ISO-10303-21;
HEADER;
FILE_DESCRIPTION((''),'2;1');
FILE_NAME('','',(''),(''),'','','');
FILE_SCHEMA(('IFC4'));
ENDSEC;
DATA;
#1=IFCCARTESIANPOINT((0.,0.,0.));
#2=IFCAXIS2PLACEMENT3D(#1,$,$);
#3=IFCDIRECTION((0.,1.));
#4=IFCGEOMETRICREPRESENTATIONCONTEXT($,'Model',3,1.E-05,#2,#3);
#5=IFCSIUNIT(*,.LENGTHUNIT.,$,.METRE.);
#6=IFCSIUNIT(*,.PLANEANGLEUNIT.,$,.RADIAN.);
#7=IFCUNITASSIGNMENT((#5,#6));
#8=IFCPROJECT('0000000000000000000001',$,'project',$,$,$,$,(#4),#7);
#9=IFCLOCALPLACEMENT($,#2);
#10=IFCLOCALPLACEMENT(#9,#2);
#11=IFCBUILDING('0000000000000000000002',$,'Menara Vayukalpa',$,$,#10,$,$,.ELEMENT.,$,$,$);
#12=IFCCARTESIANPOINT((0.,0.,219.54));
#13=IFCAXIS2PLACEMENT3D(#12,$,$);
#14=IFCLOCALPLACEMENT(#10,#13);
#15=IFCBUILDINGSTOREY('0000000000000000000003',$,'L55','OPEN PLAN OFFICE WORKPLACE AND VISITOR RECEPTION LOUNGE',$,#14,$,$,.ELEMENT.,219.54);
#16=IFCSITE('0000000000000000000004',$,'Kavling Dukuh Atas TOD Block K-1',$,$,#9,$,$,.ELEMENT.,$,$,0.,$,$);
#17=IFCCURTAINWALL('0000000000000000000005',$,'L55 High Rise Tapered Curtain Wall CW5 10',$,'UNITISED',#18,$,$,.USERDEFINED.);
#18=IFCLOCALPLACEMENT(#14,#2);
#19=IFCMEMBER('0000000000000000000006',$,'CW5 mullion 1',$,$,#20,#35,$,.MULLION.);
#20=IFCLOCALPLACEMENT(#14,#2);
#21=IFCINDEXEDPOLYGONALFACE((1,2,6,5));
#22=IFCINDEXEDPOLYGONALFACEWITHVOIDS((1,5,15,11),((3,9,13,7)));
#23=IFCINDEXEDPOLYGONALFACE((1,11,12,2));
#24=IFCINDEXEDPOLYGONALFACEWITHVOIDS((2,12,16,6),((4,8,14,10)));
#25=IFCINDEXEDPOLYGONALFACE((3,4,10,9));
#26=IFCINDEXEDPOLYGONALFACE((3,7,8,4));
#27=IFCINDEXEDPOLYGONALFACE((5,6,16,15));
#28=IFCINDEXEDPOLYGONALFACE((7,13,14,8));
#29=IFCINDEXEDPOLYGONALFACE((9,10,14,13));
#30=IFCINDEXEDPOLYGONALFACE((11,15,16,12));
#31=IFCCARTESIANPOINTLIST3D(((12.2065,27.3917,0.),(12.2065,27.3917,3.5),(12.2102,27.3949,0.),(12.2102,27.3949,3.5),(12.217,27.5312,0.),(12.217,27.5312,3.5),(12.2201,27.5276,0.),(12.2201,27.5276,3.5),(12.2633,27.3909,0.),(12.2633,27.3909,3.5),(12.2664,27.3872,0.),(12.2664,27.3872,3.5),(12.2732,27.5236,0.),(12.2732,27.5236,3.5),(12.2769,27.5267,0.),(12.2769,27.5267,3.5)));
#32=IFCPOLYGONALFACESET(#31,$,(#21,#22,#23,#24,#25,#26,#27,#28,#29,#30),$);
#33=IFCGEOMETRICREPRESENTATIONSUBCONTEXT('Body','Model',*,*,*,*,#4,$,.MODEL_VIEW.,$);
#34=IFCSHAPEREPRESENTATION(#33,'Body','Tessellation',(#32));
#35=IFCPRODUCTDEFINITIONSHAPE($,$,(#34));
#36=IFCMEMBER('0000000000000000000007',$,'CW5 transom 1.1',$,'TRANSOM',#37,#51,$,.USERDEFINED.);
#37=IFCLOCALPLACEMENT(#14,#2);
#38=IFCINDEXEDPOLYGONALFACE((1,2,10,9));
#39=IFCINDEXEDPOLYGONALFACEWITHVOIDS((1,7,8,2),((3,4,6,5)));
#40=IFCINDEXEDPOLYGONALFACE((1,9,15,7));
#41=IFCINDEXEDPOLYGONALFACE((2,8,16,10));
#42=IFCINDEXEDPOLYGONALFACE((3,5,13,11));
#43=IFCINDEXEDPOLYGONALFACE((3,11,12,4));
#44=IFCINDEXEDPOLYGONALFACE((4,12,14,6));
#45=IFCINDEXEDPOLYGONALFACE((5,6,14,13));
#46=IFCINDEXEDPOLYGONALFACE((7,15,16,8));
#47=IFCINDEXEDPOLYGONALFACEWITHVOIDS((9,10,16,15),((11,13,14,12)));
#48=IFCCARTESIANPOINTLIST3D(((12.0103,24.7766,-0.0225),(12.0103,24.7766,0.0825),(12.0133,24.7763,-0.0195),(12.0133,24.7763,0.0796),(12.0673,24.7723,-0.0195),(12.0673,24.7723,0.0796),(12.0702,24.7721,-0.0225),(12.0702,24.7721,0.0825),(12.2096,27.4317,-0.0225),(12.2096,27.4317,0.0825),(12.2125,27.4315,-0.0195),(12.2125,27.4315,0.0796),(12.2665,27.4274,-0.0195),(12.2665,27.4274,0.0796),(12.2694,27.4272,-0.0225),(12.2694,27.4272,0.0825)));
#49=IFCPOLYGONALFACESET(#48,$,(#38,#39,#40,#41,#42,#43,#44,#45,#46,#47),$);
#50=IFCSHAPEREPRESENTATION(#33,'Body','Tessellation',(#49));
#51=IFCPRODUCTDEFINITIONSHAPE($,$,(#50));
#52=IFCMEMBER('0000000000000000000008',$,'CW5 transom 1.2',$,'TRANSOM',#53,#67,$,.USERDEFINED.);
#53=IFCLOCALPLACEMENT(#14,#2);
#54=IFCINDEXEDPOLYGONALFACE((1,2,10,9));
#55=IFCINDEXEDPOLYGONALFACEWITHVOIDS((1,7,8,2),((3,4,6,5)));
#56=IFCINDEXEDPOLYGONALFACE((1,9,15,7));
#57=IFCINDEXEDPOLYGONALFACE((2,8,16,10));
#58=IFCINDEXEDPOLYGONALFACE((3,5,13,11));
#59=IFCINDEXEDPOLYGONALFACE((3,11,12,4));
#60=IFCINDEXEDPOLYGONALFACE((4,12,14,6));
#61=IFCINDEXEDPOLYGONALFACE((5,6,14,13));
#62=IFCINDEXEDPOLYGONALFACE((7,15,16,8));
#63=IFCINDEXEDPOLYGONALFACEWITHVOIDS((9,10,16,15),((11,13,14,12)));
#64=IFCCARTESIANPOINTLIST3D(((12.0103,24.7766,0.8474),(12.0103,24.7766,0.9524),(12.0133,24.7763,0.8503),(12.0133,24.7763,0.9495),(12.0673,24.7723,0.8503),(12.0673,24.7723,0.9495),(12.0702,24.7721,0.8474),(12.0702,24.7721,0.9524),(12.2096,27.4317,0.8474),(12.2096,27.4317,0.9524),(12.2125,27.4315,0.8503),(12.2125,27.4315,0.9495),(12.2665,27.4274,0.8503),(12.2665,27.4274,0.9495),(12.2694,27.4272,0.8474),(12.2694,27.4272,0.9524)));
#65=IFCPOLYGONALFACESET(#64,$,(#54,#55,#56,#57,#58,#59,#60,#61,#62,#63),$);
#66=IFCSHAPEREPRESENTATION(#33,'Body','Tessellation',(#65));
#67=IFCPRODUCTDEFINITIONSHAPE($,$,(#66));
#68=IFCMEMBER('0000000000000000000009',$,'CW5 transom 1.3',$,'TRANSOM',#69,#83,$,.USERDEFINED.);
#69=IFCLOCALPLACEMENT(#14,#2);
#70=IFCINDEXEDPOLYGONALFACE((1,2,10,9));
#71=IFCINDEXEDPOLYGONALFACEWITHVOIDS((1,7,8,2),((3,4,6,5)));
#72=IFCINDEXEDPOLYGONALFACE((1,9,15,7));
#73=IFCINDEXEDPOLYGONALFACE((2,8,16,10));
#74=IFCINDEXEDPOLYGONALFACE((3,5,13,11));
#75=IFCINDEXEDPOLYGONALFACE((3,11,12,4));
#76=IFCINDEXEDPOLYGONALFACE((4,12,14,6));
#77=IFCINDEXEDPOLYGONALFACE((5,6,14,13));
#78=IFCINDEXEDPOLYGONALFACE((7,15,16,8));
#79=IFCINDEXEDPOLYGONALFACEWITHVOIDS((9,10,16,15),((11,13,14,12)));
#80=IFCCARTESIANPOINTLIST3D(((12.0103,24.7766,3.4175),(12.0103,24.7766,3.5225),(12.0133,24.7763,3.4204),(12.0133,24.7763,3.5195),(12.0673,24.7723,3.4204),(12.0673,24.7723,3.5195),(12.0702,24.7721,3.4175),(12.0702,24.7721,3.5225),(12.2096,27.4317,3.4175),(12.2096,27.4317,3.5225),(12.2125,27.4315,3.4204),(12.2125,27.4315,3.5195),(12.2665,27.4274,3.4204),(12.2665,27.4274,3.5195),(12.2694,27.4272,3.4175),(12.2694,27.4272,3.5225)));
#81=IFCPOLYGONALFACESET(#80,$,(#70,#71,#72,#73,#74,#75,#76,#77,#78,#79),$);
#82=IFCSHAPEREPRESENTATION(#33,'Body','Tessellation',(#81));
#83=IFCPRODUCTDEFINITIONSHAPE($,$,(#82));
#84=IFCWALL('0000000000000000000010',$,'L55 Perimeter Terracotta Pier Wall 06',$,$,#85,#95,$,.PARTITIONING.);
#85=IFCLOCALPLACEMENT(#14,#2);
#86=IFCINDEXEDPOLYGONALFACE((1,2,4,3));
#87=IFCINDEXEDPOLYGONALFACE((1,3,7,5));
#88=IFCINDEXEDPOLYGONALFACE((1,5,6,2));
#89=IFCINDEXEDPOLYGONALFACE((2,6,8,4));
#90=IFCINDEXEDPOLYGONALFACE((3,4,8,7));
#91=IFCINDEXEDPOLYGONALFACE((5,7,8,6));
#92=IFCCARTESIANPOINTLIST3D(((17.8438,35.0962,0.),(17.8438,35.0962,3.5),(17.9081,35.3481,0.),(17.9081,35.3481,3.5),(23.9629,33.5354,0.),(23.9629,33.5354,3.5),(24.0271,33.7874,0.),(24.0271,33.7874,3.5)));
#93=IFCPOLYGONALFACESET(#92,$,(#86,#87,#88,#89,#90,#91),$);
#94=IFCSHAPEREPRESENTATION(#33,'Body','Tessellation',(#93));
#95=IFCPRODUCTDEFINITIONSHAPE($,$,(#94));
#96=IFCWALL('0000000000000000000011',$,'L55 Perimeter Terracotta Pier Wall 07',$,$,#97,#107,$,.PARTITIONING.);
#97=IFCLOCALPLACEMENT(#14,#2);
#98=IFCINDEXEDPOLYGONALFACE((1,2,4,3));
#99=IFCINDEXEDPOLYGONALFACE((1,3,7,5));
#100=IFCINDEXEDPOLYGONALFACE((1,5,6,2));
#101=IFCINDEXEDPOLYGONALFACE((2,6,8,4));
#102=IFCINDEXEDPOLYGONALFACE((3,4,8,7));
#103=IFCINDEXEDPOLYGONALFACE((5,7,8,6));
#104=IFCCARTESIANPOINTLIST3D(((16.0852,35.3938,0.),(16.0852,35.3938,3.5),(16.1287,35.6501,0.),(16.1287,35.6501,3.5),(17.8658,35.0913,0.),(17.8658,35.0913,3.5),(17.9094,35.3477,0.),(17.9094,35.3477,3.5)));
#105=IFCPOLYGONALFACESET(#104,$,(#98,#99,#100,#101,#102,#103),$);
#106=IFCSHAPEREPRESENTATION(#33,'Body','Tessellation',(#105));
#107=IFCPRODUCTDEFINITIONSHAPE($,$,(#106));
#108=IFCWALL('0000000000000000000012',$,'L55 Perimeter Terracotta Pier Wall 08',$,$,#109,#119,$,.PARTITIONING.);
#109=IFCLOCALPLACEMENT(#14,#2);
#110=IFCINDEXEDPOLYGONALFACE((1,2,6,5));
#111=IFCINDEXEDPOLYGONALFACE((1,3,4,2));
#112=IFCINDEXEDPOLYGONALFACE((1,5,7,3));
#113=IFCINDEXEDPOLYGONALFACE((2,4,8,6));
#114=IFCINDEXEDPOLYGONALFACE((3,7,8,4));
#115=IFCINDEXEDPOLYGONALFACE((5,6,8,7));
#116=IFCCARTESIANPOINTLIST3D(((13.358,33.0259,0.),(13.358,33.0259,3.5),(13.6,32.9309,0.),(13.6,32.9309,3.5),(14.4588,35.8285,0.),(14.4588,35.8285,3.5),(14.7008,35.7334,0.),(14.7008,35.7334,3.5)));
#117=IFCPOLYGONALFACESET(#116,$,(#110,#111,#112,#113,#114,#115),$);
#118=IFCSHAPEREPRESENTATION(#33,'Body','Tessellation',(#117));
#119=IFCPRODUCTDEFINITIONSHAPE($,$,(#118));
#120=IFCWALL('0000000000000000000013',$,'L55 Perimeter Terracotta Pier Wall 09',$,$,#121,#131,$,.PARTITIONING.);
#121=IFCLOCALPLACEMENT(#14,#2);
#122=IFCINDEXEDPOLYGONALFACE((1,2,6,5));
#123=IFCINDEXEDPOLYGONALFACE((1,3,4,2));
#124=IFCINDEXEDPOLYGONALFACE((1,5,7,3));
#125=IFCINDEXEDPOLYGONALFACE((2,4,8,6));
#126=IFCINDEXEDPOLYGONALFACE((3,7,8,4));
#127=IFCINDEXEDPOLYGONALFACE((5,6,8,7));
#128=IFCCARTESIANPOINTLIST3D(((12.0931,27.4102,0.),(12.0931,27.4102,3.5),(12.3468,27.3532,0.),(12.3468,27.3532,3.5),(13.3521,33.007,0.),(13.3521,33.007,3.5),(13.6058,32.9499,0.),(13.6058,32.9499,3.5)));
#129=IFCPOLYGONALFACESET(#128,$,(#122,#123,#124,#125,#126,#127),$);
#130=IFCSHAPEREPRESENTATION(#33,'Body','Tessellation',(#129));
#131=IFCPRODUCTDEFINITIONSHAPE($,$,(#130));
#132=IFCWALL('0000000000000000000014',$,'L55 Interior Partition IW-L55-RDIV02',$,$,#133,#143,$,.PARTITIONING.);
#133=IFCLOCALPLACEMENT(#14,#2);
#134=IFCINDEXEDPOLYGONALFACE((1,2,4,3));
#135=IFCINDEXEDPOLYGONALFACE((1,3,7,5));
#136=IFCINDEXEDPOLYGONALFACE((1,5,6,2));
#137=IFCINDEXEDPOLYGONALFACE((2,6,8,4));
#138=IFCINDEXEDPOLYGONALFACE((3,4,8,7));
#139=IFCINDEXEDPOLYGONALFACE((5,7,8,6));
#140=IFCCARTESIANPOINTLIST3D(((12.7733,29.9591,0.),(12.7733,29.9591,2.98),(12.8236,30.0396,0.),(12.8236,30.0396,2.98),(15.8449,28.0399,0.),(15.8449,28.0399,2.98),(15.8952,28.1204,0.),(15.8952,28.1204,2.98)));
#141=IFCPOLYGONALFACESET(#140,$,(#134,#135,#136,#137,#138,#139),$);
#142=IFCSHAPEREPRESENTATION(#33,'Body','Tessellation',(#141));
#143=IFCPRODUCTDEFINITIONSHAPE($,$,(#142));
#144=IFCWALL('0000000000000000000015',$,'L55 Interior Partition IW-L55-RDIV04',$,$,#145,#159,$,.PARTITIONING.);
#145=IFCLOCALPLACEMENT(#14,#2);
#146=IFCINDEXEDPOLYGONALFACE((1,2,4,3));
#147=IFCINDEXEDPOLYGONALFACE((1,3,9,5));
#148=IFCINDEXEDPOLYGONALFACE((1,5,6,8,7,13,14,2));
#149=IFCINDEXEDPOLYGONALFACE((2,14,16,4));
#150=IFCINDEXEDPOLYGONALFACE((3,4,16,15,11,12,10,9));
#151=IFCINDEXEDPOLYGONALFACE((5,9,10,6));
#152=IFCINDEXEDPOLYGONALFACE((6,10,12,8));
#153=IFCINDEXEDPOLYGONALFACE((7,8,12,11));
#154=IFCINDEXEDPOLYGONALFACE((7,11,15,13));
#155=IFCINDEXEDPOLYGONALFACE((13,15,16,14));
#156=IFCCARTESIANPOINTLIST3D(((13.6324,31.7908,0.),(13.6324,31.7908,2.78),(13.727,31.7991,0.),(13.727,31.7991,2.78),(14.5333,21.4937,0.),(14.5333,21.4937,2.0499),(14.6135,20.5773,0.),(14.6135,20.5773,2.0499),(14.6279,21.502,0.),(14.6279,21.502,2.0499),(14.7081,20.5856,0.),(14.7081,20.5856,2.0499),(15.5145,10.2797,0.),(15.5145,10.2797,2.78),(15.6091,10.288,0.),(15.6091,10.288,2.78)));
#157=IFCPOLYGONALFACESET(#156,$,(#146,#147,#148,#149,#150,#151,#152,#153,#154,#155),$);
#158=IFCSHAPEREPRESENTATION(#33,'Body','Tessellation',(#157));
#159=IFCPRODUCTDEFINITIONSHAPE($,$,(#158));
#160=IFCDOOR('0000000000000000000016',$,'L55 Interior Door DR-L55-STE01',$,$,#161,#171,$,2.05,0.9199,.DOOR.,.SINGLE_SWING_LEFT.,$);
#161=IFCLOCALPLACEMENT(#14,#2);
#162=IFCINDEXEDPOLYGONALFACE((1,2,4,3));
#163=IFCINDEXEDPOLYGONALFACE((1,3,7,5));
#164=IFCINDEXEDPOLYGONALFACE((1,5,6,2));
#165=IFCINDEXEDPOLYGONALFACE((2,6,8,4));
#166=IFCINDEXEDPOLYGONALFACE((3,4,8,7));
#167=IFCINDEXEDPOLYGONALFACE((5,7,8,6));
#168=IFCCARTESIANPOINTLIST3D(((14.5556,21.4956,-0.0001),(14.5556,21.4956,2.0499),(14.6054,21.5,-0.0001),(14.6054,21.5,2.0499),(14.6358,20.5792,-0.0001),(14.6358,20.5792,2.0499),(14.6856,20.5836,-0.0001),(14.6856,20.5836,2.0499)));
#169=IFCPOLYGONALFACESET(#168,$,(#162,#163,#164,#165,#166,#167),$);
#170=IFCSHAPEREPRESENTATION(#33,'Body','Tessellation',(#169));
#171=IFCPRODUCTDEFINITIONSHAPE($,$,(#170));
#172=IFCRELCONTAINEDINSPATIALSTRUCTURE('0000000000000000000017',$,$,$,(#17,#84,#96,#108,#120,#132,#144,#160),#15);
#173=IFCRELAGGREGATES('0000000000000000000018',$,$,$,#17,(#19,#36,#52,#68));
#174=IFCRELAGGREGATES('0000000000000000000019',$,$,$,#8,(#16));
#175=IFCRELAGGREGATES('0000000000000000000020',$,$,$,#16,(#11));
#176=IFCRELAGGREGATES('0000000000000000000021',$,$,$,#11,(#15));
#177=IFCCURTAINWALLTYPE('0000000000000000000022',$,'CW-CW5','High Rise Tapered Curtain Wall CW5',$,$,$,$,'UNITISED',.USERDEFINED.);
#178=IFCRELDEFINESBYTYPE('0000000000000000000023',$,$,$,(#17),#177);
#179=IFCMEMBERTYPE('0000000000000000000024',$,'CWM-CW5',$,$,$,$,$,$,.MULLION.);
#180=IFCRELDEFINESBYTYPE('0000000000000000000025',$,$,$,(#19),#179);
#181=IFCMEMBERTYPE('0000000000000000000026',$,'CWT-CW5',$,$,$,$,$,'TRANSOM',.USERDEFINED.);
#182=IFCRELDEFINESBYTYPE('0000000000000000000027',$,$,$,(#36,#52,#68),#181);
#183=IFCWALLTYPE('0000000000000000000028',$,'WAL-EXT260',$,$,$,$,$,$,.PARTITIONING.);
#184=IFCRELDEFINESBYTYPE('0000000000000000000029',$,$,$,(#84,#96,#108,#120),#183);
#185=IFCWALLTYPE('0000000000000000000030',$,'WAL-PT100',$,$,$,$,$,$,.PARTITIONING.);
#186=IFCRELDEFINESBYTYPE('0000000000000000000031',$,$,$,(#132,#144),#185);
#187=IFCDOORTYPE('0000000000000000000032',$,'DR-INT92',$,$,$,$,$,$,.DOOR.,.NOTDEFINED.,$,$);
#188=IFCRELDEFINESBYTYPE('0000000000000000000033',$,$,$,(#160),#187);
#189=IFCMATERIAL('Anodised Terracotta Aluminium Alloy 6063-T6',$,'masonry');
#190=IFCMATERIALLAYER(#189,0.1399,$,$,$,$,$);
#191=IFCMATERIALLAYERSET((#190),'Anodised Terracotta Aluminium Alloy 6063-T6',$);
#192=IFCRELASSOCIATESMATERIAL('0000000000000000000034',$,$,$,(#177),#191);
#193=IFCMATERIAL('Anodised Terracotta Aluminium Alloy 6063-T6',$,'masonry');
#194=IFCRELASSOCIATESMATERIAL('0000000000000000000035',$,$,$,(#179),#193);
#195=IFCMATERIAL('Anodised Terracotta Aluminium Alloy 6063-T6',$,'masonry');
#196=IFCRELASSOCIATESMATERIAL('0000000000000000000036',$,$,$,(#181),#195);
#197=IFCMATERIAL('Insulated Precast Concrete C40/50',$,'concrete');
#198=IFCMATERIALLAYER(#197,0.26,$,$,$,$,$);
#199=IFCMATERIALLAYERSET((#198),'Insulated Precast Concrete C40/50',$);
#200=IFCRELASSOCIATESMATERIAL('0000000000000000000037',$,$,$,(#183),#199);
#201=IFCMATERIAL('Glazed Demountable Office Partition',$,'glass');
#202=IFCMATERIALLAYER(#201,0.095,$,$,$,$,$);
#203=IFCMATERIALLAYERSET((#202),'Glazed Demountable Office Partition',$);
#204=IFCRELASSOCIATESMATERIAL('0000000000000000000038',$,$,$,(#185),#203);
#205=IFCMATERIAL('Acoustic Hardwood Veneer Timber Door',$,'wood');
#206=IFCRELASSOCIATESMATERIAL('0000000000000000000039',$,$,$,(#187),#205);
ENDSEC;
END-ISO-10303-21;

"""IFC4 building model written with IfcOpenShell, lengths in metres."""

from ifc_helpers import new_model, si_unit, direction, frame, frame_2d, origin, origin_2d, place, context, subcontext, project, spatial, rectangle, hollow_rectangle, extrude, material, layer, layer_set, material_profile, profile_set, type_object, element, fill, aggregate, save


model = new_model("IFC4")

# Units and contexts
model_context = context("Model", 3, precision=1e-05, world=origin(), true_north=direction((0.0, 1.0)))
body_context = subcontext(model_context, "Body", "Model", "MODEL_VIEW")
ifc_project = project(units=[si_unit("LENGTHUNIT", "METRE"), si_unit("PLANEANGLEUNIT", "RADIAN")], contexts=[model_context])

# Site, building, storey
site_placement = place(None, origin())
site = spatial("IfcSite", under=ifc_project, at=site_placement, Name="Kavling Dukuh Atas TOD Block K-1", CompositionType="ELEMENT", RefElevation=0.0)
building_placement = place(site_placement, origin())
building = spatial("IfcBuilding", under=site, at=building_placement, Name="Menara Vayukalpa", CompositionType="ELEMENT")
storey_placement = place(building_placement, frame((0.0, 0.0, 219.54)))
storey = spatial("IfcBuildingStorey", under=building, at=storey_placement, Name="L55", Description="OPEN PLAN OFFICE WORKPLACE AND VISITOR RECEPTION LOUNGE", CompositionType="ELEMENT", Elevation=219.54)

# Curtain wall, members
ifc_material_1 = material(Name="Anodised Terracotta Aluminium Alloy 6063-T6", Category="masonry")
ifc_layer_1 = layer(ifc_material_1, 0.1399)
ifc_layer_set_1 = layer_set([ifc_layer_1], Name="Anodised Terracotta Aluminium Alloy 6063-T6")
curtain_wall_type = type_object("IfcCurtainWallType", Name="CW-CW5", Description="High Rise Tapered Curtain Wall CW5", ElementType="UNITISED", PredefinedType="USERDEFINED", material=ifc_layer_set_1)
curtain_wall_placement = place(storey_placement, origin())
curtain_wall = element("IfcCurtainWall", 1, at=curtain_wall_placement, inside=storey, type_object=curtain_wall_type, Name="L55 High Rise Tapered Curtain Wall CW5 10", ObjectType="UNITISED", PredefinedType="USERDEFINED")
ifc_material_2 = material(Name="Anodised Terracotta Aluminium Alloy 6063-T6", Category="masonry")
ifc_material_profile_1 = material_profile(ifc_material_2, hollow_rectangle(XDim=0.0601, YDim=0.1399, WallThickness=0.0034, at=origin_2d()), Name="ALU 60x140x3.5")
ifc_profile_set_1 = profile_set([ifc_material_profile_1], Name="Anodised Terracotta Aluminium Alloy 6063-T6")
member_type_1 = type_object("IfcMemberType", Name="CWM-CW5", PredefinedType="MULLION", material=ifc_profile_set_1)
member_1_placement = place(storey_placement, frame((12.2417, 27.4592, 0.0), z_axis=(0.0, 0.0, 1.0), x_axis=(0.997199, -0.074792, 0.0)))
member_1 = element("IfcMember", 2, at=member_1_placement, type_object=member_type_1, Name="CW5 mullion 1", PredefinedType="MULLION", context=body_context, shape_type="SweptSolid", body=[
    extrude(hollow_rectangle(XDim=0.0601, YDim=0.1399, WallThickness=0.0034, at=origin_2d()), origin(), (0.0, 0.0, 1.0), 3.5),
])
ifc_material_3 = material(Name="Anodised Terracotta Aluminium Alloy 6063-T6", Category="masonry")
ifc_material_profile_2 = material_profile(ifc_material_3, hollow_rectangle(XDim=0.0601, YDim=0.105, WallThickness=0.0029, at=origin_2d()), Name="ALU 60x105x3")
ifc_profile_set_2 = profile_set([ifc_material_profile_2], Name="Anodised Terracotta Aluminium Alloy 6063-T6")
member_type_2 = type_object("IfcMemberType", Name="CWT-CW5", ElementType="TRANSOM", PredefinedType="USERDEFINED", material=ifc_profile_set_2)
member_2_placement = place(storey_placement, frame((12.2395, 27.4294, 0.03), z_axis=(-0.074824, -0.997197, 0.0), x_axis=(0.997197, -0.074824, 0.0)))
member_2 = element("IfcMember", 3, at=member_2_placement, type_object=member_type_2, Name="CW5 transom 1.1", ObjectType="TRANSOM", PredefinedType="USERDEFINED", context=body_context, shape_type="SweptSolid", body=[
    extrude(hollow_rectangle(XDim=0.0601, YDim=0.105, WallThickness=0.0029, at=origin_2d()), origin(), (0.0, 0.0, 1.0), 2.6626),
])
member_3_placement = place(storey_placement, frame((12.2395, 27.4294, 0.8999), z_axis=(-0.074824, -0.997197, 0.0), x_axis=(0.997197, -0.074824, 0.0)))
member_3 = element("IfcMember", 4, at=member_3_placement, type_object=member_type_2, Name="CW5 transom 1.2", ObjectType="TRANSOM", PredefinedType="USERDEFINED", context=body_context, shape_type="SweptSolid", body=[
    extrude(hollow_rectangle(XDim=0.0601, YDim=0.105, WallThickness=0.0029, at=origin_2d()), origin(), (0.0, 0.0, 1.0), 2.6626),
])
member_4_placement = place(storey_placement, frame((12.2395, 27.4294, 3.47), z_axis=(-0.074824, -0.997197, 0.0), x_axis=(0.997197, -0.074824, 0.0)))
member_4 = element("IfcMember", 5, at=member_4_placement, type_object=member_type_2, Name="CW5 transom 1.3", ObjectType="TRANSOM", PredefinedType="USERDEFINED", context=body_context, shape_type="SweptSolid", body=[
    extrude(hollow_rectangle(XDim=0.0601, YDim=0.105, WallThickness=0.0029, at=origin_2d()), origin(), (0.0, 0.0, 1.0), 2.6626),
])
aggregate(curtain_wall, [member_1, member_2, member_3, member_4])

# Walls
ifc_material_4 = material(Name="Insulated Precast Concrete C40/50", Category="concrete")
ifc_layer_2 = layer(ifc_material_4, 0.26)
ifc_layer_set_2 = layer_set([ifc_layer_2], Name="Insulated Precast Concrete C40/50")
wall_type_1 = type_object("IfcWallType", Name="WAL-EXT260", PredefinedType="PARTITIONING", material=ifc_layer_set_2)
wall_1_placement = place(storey_placement, frame((17.876, 35.2222, 0.0), z_axis=(0.0, 0.0, 1.0), x_axis=(0.968976, -0.247154, 0.0)))
element("IfcWall", 6, at=wall_1_placement, inside=storey, type_object=wall_type_1, Name="L55 Perimeter Terracotta Pier Wall 06", PredefinedType="PARTITIONING", context=body_context, shape_type="SweptSolid", body=[
    extrude(rectangle(XDim=6.3149, YDim=0.26, at=frame_2d((3.1575, 0.0))), origin(), (0.0, 0.0, 1.0), 3.5),
])
wall_2_placement = place(storey_placement, frame((16.1069, 35.522, 0.0), z_axis=(0.0, 0.0, 1.0), x_axis=(0.985878, -0.167467, 0.0)))
element("IfcWall", 7, at=wall_2_placement, inside=storey, type_object=wall_type_1, Name="L55 Perimeter Terracotta Pier Wall 07", PredefinedType="PARTITIONING", context=body_context, shape_type="SweptSolid", body=[
    extrude(rectangle(XDim=1.8062, YDim=0.26, at=frame_2d((0.9031, 0.0))), origin(), (0.0, 0.0, 1.0), 3.5),
])
wall_3_placement = place(storey_placement, frame((13.479, 32.9785, 0.0), z_axis=(0.0, 0.0, 1.0), x_axis=(0.36561, 0.930768, 0.0)))
element("IfcWall", 8, at=wall_3_placement, inside=storey, type_object=wall_type_1, Name="L55 Perimeter Terracotta Pier Wall 08", PredefinedType="PARTITIONING", context=body_context, shape_type="SweptSolid", body=[
    extrude(rectangle(XDim=3.011, YDim=0.26, at=frame_2d((1.5054, 0.0))), origin(), (0.0, 0.0, 1.0), 3.5),
])
wall_4_placement = place(storey_placement, frame((12.22, 27.3818, 0.0), z_axis=(0.0, 0.0, 1.0), x_axis=(0.219476, 0.975618, 0.0)))
element("IfcWall", 9, at=wall_4_placement, inside=storey, type_object=wall_type_1, Name="L55 Perimeter Terracotta Pier Wall 09", PredefinedType="PARTITIONING", context=body_context, shape_type="SweptSolid", body=[
    extrude(rectangle(XDim=5.7366, YDim=0.26, at=frame_2d((2.8682, 0.0))), origin(), (0.0, 0.0, 1.0), 3.5),
])
ifc_material_5 = material(Name="Glazed Demountable Office Partition", Category="glass")
ifc_layer_3 = layer(ifc_material_5, 0.095)
ifc_layer_set_3 = layer_set([ifc_layer_3], Name="Glazed Demountable Office Partition")
wall_type_2 = type_object("IfcWallType", Name="WAL-PT100", PredefinedType="PARTITIONING", material=ifc_layer_set_3)
wall_5_placement = place(storey_placement, frame((15.8701, 28.0801, 0.0), z_axis=(0.0, 0.0, 1.0), x_axis=(-0.848063, 0.529896, 0.0)))
element("IfcWall", 10, at=wall_5_placement, inside=storey, type_object=wall_type_2, Name="L55 Interior Partition IW-L55-RDIV02", PredefinedType="PARTITIONING", context=body_context, shape_type="SweptSolid", body=[
    extrude(rectangle(XDim=3.6218, YDim=0.095, at=frame_2d((1.811, 0.0))), origin(), (0.0, 0.0, 1.0), 2.98),
])

# Wall, opening, door
wall_6_placement = place(storey_placement, frame((13.6797, 31.7949, 0.0), z_axis=(0.0, 0.0, 1.0), x_axis=(0.087161, -0.996194, 0.0)))
wall_6 = element("IfcWall", 11, at=wall_6_placement, inside=storey, type_object=wall_type_2, Name="L55 Interior Partition IW-L55-RDIV04", PredefinedType="PARTITIONING", context=body_context, shape_type="SweptSolid", body=[
    extrude(rectangle(XDim=21.5933, YDim=0.095, at=frame_2d((10.7966, 0.0))), origin(), (0.0, 0.0, 1.0), 2.78),
])
opening_1_placement = place(wall_6_placement, frame((10.3364, 0.0, 0.0)))
opening_1 = element("IfcOpeningElement", 12, at=opening_1_placement, cuts=wall_6, PredefinedType="OPENING", context=body_context, shape_type="SweptSolid", body=[
    extrude(rectangle(XDim=0.9199, YDim=2.05, at=frame_2d((0.46, 1.0249))), frame((0.0, 0.0574, 0.0), z_axis=(0.0, -1.0, 0.0), x_axis=(1.0, 0.0, 0.0)), (0.0, 0.0, 1.0), 0.115),
])
ifc_material_6 = material(Name="Acoustic Hardwood Veneer Timber Door", Category="wood")
door_type_1 = type_object("IfcDoorType", Name="DR-INT92", OperationType="NOTDEFINED", PredefinedType="DOOR", material=ifc_material_6)
door_1_placement = place(opening_1_placement, origin())
door_1 = element("IfcDoor", 13, at=door_1_placement, inside=storey, type_object=door_type_1, Name="L55 Interior Door DR-L55-STE01", OperationType="SINGLE_SWING_LEFT", OverallHeight=2.05, OverallWidth=0.9199, PredefinedType="DOOR", context=body_context, shape_type="SweptSolid", body=[
    extrude(rectangle(XDim=0.9199, YDim=2.05, at=frame_2d((0.46, 1.0249))), frame((0.0, 0.0249, 0.0), z_axis=(0.0, -1.0, 0.0), x_axis=(1.0, 0.0, 0.0)), (0.0, 0.0, 1.0), 0.05),
])
fill(opening_1, door_1)

save(model, "model.ifc")
